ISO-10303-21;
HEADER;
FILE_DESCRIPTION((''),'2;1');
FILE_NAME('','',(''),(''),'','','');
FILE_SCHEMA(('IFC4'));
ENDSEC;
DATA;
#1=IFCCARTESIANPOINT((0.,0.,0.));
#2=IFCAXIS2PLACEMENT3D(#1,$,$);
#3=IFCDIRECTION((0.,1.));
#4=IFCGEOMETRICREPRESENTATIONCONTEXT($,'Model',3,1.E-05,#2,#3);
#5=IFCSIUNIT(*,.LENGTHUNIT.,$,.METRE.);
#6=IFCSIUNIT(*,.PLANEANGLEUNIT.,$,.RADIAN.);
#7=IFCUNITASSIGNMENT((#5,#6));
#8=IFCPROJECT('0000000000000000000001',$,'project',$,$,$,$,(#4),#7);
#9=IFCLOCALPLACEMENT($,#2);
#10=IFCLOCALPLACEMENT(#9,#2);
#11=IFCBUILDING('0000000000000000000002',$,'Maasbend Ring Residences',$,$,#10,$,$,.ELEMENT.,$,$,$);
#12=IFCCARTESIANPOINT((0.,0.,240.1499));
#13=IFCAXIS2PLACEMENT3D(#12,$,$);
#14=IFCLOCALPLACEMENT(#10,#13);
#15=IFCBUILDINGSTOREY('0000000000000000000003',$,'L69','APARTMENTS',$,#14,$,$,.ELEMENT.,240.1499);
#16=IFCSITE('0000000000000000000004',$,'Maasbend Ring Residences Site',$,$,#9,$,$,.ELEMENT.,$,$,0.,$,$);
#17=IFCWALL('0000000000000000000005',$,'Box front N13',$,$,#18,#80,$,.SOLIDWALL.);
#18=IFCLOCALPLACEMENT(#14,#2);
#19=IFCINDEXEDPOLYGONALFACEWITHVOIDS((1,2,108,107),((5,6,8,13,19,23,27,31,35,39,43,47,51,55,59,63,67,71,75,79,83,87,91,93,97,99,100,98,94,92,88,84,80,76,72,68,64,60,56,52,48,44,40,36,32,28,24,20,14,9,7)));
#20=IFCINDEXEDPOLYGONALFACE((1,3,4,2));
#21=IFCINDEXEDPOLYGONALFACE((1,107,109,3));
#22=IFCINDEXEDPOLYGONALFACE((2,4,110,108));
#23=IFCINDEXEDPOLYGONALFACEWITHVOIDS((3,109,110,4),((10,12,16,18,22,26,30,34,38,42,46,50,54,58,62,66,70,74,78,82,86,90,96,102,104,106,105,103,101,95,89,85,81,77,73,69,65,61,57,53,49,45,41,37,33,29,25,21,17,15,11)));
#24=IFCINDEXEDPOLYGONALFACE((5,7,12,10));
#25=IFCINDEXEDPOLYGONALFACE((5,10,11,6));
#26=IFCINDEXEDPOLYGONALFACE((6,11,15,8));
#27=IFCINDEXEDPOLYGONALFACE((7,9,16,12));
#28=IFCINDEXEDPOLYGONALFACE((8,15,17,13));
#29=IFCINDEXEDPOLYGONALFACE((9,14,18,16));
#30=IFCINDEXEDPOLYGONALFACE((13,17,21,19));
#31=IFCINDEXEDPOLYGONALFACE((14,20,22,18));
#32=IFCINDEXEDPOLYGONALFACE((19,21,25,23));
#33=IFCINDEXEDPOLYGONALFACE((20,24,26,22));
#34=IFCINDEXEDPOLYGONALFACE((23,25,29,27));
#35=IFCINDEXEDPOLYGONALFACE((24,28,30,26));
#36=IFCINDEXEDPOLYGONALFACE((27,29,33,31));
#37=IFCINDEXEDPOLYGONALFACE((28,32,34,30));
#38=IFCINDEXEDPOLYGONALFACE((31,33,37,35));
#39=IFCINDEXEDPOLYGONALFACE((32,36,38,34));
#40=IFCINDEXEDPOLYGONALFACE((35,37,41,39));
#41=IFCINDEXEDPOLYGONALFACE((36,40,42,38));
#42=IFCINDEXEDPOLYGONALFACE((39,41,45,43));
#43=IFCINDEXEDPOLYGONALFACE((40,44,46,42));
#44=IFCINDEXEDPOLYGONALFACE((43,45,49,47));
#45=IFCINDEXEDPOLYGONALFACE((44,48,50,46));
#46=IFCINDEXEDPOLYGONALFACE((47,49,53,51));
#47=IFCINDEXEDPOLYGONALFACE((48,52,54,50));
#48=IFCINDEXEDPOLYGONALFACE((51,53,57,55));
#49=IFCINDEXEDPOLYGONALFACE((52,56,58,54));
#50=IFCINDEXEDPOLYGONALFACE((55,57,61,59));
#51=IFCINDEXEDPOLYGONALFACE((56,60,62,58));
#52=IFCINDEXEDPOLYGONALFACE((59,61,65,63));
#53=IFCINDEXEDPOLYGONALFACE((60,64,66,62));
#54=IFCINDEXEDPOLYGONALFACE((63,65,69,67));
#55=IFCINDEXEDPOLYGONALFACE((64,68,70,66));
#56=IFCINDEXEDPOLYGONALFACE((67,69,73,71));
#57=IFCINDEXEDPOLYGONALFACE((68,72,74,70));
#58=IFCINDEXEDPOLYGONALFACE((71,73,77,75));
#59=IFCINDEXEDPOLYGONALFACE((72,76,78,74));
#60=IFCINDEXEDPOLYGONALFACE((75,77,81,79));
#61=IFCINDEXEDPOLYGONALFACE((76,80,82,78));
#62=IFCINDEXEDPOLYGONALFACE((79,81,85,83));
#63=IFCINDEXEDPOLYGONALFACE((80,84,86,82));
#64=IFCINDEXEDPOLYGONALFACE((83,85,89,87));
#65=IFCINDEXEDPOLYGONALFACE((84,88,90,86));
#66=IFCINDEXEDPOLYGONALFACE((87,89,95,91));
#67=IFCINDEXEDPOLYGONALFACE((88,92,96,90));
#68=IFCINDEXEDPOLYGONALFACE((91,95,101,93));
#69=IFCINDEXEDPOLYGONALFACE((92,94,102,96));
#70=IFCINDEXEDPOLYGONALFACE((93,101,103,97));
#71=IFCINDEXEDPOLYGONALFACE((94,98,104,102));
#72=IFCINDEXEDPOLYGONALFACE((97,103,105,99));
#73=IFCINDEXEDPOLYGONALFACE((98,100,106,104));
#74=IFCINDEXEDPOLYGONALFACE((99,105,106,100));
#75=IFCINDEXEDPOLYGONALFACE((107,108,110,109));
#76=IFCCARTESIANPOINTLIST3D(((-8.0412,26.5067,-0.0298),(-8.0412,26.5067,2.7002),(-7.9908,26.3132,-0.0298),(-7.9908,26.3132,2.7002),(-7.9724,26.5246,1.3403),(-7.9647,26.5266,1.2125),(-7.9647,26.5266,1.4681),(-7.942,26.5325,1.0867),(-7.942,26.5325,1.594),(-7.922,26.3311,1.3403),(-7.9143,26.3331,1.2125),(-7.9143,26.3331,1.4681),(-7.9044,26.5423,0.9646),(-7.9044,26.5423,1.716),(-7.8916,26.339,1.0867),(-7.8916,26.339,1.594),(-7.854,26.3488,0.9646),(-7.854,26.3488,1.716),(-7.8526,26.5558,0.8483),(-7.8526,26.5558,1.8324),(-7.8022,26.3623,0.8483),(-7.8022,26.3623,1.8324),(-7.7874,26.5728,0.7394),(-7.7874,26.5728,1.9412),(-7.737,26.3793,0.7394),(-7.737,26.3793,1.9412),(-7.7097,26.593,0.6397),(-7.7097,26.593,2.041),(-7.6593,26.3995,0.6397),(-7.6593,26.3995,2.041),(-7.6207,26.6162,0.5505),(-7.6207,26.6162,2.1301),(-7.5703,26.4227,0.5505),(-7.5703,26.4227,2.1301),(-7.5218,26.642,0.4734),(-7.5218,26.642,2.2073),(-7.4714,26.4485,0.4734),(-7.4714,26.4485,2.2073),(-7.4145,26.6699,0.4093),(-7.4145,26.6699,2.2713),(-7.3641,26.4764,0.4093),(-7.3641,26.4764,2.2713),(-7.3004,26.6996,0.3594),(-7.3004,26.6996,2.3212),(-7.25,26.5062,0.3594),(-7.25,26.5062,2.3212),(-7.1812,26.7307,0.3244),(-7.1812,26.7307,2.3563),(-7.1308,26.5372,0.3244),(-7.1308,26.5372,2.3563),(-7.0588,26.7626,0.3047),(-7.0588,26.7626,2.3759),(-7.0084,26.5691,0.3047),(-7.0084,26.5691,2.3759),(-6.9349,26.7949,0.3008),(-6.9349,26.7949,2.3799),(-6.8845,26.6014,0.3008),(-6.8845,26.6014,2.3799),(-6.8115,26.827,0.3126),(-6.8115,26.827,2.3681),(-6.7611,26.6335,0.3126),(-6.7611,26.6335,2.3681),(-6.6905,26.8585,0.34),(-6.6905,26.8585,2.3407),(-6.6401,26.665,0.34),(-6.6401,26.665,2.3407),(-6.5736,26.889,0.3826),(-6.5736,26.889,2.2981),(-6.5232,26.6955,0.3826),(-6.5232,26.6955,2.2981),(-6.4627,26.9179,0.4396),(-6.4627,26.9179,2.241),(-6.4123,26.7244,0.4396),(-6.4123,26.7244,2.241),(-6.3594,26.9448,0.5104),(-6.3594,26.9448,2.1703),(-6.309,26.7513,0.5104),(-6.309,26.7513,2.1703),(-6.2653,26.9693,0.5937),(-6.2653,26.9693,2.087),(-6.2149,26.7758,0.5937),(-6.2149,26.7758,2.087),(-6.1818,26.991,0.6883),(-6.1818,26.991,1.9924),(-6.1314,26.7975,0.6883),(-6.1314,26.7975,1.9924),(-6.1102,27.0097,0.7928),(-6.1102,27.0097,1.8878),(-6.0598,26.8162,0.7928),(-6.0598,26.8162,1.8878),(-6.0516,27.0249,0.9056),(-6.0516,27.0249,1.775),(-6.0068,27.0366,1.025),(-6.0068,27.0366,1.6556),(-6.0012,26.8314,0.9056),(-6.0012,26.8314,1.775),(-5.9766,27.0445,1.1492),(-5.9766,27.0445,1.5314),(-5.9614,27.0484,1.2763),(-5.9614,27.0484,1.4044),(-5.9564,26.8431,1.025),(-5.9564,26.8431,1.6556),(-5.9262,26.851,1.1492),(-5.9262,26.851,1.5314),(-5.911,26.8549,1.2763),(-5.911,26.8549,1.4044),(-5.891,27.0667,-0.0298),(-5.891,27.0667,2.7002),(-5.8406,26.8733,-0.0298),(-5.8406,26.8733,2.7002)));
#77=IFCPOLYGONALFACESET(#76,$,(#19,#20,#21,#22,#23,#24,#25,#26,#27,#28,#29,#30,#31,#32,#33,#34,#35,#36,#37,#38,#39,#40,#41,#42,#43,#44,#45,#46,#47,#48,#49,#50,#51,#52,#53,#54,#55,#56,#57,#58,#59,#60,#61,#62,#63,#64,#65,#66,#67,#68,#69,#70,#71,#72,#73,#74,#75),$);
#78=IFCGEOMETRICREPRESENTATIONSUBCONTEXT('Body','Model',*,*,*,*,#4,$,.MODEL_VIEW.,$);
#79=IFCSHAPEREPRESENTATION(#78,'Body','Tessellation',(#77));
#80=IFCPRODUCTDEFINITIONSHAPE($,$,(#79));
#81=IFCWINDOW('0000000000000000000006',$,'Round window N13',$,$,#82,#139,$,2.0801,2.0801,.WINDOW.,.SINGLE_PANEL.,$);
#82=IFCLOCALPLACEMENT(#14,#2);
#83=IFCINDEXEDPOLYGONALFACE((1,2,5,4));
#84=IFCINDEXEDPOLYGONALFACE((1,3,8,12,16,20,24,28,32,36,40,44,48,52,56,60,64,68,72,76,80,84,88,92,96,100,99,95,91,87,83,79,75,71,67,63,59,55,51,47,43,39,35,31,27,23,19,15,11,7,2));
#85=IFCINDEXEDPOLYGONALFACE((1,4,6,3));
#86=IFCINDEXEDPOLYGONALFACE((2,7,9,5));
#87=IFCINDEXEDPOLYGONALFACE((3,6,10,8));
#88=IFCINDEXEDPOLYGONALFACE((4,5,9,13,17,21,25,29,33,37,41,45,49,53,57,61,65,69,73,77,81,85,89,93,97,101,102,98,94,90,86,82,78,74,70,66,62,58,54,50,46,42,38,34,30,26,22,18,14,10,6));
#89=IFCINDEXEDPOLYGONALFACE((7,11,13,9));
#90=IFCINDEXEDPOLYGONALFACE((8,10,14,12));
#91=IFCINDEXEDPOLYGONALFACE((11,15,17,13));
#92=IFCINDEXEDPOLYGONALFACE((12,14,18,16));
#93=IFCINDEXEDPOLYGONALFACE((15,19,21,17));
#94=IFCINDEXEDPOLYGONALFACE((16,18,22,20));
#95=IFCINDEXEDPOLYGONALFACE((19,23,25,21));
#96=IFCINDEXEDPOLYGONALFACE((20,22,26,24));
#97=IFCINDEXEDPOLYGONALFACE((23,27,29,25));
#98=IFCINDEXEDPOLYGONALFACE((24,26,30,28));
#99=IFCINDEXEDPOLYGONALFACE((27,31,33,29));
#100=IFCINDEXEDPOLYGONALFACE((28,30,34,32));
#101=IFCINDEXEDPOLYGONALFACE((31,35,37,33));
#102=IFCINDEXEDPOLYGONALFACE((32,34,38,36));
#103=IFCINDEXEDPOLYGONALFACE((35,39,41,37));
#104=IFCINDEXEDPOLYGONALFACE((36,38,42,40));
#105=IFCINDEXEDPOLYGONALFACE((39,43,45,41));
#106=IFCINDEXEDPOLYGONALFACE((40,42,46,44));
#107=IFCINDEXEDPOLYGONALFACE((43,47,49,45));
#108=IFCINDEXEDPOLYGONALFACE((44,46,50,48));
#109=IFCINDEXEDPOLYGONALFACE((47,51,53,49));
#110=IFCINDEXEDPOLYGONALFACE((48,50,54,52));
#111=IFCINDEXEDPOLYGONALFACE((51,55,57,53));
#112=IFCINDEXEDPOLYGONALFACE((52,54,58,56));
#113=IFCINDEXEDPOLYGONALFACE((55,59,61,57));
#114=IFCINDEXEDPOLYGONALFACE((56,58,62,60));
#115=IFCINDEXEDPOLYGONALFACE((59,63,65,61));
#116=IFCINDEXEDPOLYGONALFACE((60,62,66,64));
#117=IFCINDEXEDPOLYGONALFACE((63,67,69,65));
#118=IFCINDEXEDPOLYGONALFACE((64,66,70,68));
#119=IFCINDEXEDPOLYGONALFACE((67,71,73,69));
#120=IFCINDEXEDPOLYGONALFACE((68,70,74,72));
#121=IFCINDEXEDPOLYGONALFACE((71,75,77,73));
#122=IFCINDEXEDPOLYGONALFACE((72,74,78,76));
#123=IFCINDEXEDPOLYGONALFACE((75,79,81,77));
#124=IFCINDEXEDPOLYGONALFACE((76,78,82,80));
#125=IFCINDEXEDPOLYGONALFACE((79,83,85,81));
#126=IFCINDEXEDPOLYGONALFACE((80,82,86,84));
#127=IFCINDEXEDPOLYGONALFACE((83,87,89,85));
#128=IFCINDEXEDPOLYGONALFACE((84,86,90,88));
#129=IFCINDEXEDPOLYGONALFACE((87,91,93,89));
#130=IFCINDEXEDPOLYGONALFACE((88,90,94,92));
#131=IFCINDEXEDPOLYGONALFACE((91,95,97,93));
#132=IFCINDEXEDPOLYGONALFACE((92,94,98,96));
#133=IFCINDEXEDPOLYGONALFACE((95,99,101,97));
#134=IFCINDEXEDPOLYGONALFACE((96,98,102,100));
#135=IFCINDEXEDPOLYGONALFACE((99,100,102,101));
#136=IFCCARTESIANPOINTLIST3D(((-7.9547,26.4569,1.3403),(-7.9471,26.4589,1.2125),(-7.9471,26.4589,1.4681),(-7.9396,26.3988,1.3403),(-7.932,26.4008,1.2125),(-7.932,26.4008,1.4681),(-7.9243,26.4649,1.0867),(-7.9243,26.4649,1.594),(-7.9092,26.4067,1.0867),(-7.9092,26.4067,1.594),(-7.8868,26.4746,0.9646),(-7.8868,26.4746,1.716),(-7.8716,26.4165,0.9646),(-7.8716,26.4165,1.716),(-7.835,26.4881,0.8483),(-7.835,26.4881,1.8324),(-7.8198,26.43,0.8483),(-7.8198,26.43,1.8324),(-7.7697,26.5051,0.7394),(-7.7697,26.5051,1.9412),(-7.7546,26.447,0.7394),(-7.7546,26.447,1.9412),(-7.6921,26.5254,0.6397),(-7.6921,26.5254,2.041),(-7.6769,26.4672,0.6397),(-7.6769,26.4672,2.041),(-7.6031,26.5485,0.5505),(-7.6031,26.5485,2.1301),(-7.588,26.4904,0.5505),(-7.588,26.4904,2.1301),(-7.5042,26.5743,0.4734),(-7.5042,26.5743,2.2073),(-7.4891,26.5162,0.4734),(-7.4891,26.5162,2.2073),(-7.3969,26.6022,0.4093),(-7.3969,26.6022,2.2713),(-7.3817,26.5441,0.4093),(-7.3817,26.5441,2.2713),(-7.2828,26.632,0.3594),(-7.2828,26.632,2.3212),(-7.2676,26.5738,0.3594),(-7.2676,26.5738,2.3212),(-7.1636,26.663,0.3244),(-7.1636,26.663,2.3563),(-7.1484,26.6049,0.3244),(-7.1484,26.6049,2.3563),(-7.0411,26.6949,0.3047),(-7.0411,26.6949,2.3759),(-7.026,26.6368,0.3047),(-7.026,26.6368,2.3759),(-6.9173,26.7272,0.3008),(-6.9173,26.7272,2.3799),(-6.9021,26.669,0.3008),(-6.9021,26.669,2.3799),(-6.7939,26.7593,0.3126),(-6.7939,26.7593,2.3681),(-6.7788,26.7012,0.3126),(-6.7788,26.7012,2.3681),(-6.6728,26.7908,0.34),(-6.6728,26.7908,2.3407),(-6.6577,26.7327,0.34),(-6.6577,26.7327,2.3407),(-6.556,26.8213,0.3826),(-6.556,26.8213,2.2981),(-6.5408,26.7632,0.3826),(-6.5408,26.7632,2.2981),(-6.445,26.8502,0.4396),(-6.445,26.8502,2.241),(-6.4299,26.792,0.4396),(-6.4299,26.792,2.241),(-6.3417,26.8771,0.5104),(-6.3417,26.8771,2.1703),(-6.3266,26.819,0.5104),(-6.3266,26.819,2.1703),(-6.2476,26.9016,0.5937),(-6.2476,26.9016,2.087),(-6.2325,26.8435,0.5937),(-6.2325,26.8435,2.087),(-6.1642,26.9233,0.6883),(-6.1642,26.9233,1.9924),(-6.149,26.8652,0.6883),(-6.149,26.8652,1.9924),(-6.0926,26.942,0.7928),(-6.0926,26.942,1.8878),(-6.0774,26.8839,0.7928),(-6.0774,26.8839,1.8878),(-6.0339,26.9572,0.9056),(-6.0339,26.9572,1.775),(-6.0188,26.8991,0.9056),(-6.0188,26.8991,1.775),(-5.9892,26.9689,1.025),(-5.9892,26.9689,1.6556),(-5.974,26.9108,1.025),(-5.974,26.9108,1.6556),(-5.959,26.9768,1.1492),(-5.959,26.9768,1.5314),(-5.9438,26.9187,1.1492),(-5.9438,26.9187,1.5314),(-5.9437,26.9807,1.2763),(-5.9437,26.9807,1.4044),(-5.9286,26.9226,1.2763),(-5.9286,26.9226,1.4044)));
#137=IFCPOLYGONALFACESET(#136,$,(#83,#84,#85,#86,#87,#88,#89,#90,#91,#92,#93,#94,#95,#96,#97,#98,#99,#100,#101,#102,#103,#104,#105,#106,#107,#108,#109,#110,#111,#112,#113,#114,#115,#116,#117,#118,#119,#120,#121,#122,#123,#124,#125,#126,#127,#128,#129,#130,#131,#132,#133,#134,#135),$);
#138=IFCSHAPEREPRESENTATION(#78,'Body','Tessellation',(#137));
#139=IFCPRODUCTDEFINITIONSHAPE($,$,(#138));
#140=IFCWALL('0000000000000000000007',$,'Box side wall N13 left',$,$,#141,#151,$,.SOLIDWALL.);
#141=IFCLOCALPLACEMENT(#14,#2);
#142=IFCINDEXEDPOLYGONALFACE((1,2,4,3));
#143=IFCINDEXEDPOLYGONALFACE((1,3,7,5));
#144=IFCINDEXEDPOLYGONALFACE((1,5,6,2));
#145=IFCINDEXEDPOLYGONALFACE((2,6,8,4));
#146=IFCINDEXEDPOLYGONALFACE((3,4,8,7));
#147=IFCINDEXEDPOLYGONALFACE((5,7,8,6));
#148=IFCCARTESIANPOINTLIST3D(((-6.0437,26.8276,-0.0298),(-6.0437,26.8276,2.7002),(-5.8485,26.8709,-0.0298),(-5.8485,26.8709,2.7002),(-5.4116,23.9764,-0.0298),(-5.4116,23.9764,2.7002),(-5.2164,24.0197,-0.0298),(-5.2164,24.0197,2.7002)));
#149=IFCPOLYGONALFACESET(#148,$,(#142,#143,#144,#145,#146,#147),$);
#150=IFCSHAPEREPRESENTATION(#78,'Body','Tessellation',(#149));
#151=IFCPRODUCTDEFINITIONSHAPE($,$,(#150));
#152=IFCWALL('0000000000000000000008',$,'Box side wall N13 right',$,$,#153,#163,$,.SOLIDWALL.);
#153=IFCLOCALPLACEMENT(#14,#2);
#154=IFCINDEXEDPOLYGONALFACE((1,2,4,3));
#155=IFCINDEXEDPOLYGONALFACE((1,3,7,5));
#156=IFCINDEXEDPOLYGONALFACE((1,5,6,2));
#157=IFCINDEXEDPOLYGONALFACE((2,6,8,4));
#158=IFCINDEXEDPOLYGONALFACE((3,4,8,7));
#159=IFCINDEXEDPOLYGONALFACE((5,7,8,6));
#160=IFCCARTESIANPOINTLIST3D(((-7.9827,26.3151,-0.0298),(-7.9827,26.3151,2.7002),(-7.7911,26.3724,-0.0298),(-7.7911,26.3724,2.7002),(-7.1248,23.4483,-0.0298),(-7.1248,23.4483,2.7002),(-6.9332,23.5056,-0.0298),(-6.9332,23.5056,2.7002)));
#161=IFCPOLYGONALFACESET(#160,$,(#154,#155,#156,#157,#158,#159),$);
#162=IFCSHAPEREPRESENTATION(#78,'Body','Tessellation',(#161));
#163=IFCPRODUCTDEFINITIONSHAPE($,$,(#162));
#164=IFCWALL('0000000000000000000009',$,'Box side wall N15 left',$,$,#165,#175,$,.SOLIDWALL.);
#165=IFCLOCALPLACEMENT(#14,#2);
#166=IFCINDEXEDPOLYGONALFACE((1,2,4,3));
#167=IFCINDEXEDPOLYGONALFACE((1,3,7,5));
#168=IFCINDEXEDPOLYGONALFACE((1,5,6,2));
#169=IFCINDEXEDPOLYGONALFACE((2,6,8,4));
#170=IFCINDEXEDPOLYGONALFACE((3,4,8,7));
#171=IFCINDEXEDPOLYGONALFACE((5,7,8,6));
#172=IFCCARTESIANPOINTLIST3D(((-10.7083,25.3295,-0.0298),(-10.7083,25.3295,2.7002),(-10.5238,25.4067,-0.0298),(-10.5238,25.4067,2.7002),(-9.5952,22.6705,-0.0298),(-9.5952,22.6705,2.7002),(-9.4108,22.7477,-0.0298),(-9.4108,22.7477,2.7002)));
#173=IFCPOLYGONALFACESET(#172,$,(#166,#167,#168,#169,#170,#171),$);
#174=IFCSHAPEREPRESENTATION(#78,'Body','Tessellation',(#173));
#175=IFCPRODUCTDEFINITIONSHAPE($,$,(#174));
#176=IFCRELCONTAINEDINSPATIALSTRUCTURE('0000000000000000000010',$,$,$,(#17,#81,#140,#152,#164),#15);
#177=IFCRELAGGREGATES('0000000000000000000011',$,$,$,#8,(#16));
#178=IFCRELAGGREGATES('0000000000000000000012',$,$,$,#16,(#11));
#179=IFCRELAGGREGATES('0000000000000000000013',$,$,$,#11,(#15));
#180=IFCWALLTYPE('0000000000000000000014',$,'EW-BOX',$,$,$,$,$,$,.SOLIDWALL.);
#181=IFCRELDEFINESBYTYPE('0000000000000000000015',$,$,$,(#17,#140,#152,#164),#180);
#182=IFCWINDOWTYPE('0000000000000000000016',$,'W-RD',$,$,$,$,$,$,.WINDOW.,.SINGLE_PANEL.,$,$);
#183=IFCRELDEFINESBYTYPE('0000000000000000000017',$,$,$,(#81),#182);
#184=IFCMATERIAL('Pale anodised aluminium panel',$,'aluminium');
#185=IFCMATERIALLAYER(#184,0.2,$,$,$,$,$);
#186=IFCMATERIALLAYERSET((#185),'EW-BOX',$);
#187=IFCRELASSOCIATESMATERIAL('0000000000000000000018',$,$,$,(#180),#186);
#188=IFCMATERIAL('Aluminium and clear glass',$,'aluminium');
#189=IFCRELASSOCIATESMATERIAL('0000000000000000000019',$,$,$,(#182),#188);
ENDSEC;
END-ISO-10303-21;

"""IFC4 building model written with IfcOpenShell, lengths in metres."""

from ifc_helpers import new_model, si_unit, direction, frame, frame_2d, origin, place, context, subcontext, project, spatial, rectangle, circle, extrude, material, layer, layer_set, type_object, element, fill, save


model = new_model("IFC4")

# Units and contexts
model_context = context("Model", 3, precision=1e-05, world=origin(), true_north=direction((0.0, 1.0)))
body_context = subcontext(model_context, "Body", "Model", "MODEL_VIEW")
ifc_project = project(units=[si_unit("LENGTHUNIT", "METRE"), si_unit("PLANEANGLEUNIT", "RADIAN")], contexts=[model_context])

# Site, building, storey
site_placement = place(None, origin())
site = spatial("IfcSite", under=ifc_project, at=site_placement, Name="Maasbend Ring Residences Site", CompositionType="ELEMENT", RefElevation=0.0)
building_placement = place(site_placement, origin())
building = spatial("IfcBuilding", under=site, at=building_placement, Name="Maasbend Ring Residences", CompositionType="ELEMENT")
storey_placement = place(building_placement, frame((0.0, 0.0, 240.1499)))
storey = spatial("IfcBuildingStorey", under=building, at=storey_placement, Name="L69", Description="APARTMENTS", CompositionType="ELEMENT", Elevation=240.1499)

# Shared definitions
ifc_material_1 = material(Name="Pale anodised aluminium panel", Category="aluminium")
ifc_layer_1 = layer(ifc_material_1, 0.2)
ifc_layer_set_1 = layer_set([ifc_layer_1], Name="EW-BOX")
wall_type_1 = type_object("IfcWallType", Name="EW-BOX", PredefinedType="SOLIDWALL", material=ifc_layer_set_1)

# Wall, opening, window
wall_1_placement = place(storey_placement, frame((-5.866, 26.97, -0.0298), z_axis=(0.0, 0.0, 1.0), x_axis=(-0.967711, -0.252064, 0.0)))
wall_1 = element("IfcWall", 1, at=wall_1_placement, inside=storey, type_object=wall_type_1, Name="Box front N13", PredefinedType="SOLIDWALL", context=body_context, shape_type="SweptSolid", body=[
    extrude(rectangle(XDim=2.2219, YDim=0.2, at=frame_2d((1.1108, 0.0))), origin(), (0.0, 0.0, 1.0), 2.73),
])
opening_1_placement = place(wall_1_placement, frame((0.0706, 0.0, 0.3301)))
opening_1 = element("IfcOpeningElement", 2, at=opening_1_placement, cuts=wall_1, PredefinedType="OPENING", context=body_context, shape_type="SweptSolid", body=[
    extrude(circle(Radius=1.04, at=frame_2d((1.04, 1.04))), frame((0.0, 0.1099, 0.0), z_axis=(0.0, -1.0, 0.0), x_axis=(1.0, 0.0, 0.0)), (0.0, 0.0, 1.0), 0.22),
])
ifc_material_2 = material(Name="Aluminium and clear glass", Category="aluminium")
window_type_1 = type_object("IfcWindowType", Name="W-RD", PartitioningType="SINGLE_PANEL", PredefinedType="WINDOW", material=ifc_material_2)
window_1_placement = place(opening_1_placement, origin())
window_1 = element("IfcWindow", 3, at=window_1_placement, inside=storey, type_object=window_type_1, Name="Round window N13", OverallHeight=2.0801, OverallWidth=2.0801, PartitioningType="SINGLE_PANEL", PredefinedType="WINDOW", context=body_context, shape_type="SweptSolid", body=[
    extrude(circle(Radius=1.04, at=frame_2d((1.04, 1.04))), frame((0.0, 0.03, 0.0), z_axis=(0.0, -1.0, 0.0), x_axis=(1.0, 0.0, 0.0)), (0.0, 0.0, 1.0), 0.0601),
])
fill(opening_1, window_1)

# Walls
wall_2_placement = place(storey_placement, frame((-5.314, 23.998, -0.0298), z_axis=(0.0, 0.0, 1.0), x_axis=(-0.216444, 0.976295, 0.0)))
element("IfcWall", 4, at=wall_2_placement, inside=storey, type_object=wall_type_1, Name="Box side wall N13 left", PredefinedType="SOLIDWALL", context=body_context, shape_type="SweptSolid", body=[
    extrude(rectangle(XDim=2.9204, YDim=0.2, at=frame_2d((1.4602, 0.0))), origin(), (0.0, 0.0, 1.0), 2.73),
])
wall_3_placement = place(storey_placement, frame((-7.0291, 23.4771, -0.0298), z_axis=(0.0, 0.0, 1.0), x_axis=(-0.286682, 0.958026, 0.0)))
element("IfcWall", 5, at=wall_3_placement, inside=storey, type_object=wall_type_1, Name="Box side wall N13 right", PredefinedType="SOLIDWALL", context=body_context, shape_type="SweptSolid", body=[
    extrude(rectangle(XDim=2.9924, YDim=0.2, at=frame_2d((1.4961, 0.0))), origin(), (0.0, 0.0, 1.0), 2.73),
])
wall_4_placement = place(storey_placement, frame((-9.5029, 22.709, -0.0298), z_axis=(0.0, 0.0, 1.0), x_axis=(-0.386136, 0.922442, 0.0)))
element("IfcWall", 6, at=wall_4_placement, inside=storey, type_object=wall_type_1, Name="Box side wall N15 left", PredefinedType="SOLIDWALL", context=body_context, shape_type="SweptSolid", body=[
    extrude(rectangle(XDim=2.8826, YDim=0.2, at=frame_2d((1.4414, 0.0))), origin(), (0.0, 0.0, 1.0), 2.73),
])

save(model, "model.ifc")
